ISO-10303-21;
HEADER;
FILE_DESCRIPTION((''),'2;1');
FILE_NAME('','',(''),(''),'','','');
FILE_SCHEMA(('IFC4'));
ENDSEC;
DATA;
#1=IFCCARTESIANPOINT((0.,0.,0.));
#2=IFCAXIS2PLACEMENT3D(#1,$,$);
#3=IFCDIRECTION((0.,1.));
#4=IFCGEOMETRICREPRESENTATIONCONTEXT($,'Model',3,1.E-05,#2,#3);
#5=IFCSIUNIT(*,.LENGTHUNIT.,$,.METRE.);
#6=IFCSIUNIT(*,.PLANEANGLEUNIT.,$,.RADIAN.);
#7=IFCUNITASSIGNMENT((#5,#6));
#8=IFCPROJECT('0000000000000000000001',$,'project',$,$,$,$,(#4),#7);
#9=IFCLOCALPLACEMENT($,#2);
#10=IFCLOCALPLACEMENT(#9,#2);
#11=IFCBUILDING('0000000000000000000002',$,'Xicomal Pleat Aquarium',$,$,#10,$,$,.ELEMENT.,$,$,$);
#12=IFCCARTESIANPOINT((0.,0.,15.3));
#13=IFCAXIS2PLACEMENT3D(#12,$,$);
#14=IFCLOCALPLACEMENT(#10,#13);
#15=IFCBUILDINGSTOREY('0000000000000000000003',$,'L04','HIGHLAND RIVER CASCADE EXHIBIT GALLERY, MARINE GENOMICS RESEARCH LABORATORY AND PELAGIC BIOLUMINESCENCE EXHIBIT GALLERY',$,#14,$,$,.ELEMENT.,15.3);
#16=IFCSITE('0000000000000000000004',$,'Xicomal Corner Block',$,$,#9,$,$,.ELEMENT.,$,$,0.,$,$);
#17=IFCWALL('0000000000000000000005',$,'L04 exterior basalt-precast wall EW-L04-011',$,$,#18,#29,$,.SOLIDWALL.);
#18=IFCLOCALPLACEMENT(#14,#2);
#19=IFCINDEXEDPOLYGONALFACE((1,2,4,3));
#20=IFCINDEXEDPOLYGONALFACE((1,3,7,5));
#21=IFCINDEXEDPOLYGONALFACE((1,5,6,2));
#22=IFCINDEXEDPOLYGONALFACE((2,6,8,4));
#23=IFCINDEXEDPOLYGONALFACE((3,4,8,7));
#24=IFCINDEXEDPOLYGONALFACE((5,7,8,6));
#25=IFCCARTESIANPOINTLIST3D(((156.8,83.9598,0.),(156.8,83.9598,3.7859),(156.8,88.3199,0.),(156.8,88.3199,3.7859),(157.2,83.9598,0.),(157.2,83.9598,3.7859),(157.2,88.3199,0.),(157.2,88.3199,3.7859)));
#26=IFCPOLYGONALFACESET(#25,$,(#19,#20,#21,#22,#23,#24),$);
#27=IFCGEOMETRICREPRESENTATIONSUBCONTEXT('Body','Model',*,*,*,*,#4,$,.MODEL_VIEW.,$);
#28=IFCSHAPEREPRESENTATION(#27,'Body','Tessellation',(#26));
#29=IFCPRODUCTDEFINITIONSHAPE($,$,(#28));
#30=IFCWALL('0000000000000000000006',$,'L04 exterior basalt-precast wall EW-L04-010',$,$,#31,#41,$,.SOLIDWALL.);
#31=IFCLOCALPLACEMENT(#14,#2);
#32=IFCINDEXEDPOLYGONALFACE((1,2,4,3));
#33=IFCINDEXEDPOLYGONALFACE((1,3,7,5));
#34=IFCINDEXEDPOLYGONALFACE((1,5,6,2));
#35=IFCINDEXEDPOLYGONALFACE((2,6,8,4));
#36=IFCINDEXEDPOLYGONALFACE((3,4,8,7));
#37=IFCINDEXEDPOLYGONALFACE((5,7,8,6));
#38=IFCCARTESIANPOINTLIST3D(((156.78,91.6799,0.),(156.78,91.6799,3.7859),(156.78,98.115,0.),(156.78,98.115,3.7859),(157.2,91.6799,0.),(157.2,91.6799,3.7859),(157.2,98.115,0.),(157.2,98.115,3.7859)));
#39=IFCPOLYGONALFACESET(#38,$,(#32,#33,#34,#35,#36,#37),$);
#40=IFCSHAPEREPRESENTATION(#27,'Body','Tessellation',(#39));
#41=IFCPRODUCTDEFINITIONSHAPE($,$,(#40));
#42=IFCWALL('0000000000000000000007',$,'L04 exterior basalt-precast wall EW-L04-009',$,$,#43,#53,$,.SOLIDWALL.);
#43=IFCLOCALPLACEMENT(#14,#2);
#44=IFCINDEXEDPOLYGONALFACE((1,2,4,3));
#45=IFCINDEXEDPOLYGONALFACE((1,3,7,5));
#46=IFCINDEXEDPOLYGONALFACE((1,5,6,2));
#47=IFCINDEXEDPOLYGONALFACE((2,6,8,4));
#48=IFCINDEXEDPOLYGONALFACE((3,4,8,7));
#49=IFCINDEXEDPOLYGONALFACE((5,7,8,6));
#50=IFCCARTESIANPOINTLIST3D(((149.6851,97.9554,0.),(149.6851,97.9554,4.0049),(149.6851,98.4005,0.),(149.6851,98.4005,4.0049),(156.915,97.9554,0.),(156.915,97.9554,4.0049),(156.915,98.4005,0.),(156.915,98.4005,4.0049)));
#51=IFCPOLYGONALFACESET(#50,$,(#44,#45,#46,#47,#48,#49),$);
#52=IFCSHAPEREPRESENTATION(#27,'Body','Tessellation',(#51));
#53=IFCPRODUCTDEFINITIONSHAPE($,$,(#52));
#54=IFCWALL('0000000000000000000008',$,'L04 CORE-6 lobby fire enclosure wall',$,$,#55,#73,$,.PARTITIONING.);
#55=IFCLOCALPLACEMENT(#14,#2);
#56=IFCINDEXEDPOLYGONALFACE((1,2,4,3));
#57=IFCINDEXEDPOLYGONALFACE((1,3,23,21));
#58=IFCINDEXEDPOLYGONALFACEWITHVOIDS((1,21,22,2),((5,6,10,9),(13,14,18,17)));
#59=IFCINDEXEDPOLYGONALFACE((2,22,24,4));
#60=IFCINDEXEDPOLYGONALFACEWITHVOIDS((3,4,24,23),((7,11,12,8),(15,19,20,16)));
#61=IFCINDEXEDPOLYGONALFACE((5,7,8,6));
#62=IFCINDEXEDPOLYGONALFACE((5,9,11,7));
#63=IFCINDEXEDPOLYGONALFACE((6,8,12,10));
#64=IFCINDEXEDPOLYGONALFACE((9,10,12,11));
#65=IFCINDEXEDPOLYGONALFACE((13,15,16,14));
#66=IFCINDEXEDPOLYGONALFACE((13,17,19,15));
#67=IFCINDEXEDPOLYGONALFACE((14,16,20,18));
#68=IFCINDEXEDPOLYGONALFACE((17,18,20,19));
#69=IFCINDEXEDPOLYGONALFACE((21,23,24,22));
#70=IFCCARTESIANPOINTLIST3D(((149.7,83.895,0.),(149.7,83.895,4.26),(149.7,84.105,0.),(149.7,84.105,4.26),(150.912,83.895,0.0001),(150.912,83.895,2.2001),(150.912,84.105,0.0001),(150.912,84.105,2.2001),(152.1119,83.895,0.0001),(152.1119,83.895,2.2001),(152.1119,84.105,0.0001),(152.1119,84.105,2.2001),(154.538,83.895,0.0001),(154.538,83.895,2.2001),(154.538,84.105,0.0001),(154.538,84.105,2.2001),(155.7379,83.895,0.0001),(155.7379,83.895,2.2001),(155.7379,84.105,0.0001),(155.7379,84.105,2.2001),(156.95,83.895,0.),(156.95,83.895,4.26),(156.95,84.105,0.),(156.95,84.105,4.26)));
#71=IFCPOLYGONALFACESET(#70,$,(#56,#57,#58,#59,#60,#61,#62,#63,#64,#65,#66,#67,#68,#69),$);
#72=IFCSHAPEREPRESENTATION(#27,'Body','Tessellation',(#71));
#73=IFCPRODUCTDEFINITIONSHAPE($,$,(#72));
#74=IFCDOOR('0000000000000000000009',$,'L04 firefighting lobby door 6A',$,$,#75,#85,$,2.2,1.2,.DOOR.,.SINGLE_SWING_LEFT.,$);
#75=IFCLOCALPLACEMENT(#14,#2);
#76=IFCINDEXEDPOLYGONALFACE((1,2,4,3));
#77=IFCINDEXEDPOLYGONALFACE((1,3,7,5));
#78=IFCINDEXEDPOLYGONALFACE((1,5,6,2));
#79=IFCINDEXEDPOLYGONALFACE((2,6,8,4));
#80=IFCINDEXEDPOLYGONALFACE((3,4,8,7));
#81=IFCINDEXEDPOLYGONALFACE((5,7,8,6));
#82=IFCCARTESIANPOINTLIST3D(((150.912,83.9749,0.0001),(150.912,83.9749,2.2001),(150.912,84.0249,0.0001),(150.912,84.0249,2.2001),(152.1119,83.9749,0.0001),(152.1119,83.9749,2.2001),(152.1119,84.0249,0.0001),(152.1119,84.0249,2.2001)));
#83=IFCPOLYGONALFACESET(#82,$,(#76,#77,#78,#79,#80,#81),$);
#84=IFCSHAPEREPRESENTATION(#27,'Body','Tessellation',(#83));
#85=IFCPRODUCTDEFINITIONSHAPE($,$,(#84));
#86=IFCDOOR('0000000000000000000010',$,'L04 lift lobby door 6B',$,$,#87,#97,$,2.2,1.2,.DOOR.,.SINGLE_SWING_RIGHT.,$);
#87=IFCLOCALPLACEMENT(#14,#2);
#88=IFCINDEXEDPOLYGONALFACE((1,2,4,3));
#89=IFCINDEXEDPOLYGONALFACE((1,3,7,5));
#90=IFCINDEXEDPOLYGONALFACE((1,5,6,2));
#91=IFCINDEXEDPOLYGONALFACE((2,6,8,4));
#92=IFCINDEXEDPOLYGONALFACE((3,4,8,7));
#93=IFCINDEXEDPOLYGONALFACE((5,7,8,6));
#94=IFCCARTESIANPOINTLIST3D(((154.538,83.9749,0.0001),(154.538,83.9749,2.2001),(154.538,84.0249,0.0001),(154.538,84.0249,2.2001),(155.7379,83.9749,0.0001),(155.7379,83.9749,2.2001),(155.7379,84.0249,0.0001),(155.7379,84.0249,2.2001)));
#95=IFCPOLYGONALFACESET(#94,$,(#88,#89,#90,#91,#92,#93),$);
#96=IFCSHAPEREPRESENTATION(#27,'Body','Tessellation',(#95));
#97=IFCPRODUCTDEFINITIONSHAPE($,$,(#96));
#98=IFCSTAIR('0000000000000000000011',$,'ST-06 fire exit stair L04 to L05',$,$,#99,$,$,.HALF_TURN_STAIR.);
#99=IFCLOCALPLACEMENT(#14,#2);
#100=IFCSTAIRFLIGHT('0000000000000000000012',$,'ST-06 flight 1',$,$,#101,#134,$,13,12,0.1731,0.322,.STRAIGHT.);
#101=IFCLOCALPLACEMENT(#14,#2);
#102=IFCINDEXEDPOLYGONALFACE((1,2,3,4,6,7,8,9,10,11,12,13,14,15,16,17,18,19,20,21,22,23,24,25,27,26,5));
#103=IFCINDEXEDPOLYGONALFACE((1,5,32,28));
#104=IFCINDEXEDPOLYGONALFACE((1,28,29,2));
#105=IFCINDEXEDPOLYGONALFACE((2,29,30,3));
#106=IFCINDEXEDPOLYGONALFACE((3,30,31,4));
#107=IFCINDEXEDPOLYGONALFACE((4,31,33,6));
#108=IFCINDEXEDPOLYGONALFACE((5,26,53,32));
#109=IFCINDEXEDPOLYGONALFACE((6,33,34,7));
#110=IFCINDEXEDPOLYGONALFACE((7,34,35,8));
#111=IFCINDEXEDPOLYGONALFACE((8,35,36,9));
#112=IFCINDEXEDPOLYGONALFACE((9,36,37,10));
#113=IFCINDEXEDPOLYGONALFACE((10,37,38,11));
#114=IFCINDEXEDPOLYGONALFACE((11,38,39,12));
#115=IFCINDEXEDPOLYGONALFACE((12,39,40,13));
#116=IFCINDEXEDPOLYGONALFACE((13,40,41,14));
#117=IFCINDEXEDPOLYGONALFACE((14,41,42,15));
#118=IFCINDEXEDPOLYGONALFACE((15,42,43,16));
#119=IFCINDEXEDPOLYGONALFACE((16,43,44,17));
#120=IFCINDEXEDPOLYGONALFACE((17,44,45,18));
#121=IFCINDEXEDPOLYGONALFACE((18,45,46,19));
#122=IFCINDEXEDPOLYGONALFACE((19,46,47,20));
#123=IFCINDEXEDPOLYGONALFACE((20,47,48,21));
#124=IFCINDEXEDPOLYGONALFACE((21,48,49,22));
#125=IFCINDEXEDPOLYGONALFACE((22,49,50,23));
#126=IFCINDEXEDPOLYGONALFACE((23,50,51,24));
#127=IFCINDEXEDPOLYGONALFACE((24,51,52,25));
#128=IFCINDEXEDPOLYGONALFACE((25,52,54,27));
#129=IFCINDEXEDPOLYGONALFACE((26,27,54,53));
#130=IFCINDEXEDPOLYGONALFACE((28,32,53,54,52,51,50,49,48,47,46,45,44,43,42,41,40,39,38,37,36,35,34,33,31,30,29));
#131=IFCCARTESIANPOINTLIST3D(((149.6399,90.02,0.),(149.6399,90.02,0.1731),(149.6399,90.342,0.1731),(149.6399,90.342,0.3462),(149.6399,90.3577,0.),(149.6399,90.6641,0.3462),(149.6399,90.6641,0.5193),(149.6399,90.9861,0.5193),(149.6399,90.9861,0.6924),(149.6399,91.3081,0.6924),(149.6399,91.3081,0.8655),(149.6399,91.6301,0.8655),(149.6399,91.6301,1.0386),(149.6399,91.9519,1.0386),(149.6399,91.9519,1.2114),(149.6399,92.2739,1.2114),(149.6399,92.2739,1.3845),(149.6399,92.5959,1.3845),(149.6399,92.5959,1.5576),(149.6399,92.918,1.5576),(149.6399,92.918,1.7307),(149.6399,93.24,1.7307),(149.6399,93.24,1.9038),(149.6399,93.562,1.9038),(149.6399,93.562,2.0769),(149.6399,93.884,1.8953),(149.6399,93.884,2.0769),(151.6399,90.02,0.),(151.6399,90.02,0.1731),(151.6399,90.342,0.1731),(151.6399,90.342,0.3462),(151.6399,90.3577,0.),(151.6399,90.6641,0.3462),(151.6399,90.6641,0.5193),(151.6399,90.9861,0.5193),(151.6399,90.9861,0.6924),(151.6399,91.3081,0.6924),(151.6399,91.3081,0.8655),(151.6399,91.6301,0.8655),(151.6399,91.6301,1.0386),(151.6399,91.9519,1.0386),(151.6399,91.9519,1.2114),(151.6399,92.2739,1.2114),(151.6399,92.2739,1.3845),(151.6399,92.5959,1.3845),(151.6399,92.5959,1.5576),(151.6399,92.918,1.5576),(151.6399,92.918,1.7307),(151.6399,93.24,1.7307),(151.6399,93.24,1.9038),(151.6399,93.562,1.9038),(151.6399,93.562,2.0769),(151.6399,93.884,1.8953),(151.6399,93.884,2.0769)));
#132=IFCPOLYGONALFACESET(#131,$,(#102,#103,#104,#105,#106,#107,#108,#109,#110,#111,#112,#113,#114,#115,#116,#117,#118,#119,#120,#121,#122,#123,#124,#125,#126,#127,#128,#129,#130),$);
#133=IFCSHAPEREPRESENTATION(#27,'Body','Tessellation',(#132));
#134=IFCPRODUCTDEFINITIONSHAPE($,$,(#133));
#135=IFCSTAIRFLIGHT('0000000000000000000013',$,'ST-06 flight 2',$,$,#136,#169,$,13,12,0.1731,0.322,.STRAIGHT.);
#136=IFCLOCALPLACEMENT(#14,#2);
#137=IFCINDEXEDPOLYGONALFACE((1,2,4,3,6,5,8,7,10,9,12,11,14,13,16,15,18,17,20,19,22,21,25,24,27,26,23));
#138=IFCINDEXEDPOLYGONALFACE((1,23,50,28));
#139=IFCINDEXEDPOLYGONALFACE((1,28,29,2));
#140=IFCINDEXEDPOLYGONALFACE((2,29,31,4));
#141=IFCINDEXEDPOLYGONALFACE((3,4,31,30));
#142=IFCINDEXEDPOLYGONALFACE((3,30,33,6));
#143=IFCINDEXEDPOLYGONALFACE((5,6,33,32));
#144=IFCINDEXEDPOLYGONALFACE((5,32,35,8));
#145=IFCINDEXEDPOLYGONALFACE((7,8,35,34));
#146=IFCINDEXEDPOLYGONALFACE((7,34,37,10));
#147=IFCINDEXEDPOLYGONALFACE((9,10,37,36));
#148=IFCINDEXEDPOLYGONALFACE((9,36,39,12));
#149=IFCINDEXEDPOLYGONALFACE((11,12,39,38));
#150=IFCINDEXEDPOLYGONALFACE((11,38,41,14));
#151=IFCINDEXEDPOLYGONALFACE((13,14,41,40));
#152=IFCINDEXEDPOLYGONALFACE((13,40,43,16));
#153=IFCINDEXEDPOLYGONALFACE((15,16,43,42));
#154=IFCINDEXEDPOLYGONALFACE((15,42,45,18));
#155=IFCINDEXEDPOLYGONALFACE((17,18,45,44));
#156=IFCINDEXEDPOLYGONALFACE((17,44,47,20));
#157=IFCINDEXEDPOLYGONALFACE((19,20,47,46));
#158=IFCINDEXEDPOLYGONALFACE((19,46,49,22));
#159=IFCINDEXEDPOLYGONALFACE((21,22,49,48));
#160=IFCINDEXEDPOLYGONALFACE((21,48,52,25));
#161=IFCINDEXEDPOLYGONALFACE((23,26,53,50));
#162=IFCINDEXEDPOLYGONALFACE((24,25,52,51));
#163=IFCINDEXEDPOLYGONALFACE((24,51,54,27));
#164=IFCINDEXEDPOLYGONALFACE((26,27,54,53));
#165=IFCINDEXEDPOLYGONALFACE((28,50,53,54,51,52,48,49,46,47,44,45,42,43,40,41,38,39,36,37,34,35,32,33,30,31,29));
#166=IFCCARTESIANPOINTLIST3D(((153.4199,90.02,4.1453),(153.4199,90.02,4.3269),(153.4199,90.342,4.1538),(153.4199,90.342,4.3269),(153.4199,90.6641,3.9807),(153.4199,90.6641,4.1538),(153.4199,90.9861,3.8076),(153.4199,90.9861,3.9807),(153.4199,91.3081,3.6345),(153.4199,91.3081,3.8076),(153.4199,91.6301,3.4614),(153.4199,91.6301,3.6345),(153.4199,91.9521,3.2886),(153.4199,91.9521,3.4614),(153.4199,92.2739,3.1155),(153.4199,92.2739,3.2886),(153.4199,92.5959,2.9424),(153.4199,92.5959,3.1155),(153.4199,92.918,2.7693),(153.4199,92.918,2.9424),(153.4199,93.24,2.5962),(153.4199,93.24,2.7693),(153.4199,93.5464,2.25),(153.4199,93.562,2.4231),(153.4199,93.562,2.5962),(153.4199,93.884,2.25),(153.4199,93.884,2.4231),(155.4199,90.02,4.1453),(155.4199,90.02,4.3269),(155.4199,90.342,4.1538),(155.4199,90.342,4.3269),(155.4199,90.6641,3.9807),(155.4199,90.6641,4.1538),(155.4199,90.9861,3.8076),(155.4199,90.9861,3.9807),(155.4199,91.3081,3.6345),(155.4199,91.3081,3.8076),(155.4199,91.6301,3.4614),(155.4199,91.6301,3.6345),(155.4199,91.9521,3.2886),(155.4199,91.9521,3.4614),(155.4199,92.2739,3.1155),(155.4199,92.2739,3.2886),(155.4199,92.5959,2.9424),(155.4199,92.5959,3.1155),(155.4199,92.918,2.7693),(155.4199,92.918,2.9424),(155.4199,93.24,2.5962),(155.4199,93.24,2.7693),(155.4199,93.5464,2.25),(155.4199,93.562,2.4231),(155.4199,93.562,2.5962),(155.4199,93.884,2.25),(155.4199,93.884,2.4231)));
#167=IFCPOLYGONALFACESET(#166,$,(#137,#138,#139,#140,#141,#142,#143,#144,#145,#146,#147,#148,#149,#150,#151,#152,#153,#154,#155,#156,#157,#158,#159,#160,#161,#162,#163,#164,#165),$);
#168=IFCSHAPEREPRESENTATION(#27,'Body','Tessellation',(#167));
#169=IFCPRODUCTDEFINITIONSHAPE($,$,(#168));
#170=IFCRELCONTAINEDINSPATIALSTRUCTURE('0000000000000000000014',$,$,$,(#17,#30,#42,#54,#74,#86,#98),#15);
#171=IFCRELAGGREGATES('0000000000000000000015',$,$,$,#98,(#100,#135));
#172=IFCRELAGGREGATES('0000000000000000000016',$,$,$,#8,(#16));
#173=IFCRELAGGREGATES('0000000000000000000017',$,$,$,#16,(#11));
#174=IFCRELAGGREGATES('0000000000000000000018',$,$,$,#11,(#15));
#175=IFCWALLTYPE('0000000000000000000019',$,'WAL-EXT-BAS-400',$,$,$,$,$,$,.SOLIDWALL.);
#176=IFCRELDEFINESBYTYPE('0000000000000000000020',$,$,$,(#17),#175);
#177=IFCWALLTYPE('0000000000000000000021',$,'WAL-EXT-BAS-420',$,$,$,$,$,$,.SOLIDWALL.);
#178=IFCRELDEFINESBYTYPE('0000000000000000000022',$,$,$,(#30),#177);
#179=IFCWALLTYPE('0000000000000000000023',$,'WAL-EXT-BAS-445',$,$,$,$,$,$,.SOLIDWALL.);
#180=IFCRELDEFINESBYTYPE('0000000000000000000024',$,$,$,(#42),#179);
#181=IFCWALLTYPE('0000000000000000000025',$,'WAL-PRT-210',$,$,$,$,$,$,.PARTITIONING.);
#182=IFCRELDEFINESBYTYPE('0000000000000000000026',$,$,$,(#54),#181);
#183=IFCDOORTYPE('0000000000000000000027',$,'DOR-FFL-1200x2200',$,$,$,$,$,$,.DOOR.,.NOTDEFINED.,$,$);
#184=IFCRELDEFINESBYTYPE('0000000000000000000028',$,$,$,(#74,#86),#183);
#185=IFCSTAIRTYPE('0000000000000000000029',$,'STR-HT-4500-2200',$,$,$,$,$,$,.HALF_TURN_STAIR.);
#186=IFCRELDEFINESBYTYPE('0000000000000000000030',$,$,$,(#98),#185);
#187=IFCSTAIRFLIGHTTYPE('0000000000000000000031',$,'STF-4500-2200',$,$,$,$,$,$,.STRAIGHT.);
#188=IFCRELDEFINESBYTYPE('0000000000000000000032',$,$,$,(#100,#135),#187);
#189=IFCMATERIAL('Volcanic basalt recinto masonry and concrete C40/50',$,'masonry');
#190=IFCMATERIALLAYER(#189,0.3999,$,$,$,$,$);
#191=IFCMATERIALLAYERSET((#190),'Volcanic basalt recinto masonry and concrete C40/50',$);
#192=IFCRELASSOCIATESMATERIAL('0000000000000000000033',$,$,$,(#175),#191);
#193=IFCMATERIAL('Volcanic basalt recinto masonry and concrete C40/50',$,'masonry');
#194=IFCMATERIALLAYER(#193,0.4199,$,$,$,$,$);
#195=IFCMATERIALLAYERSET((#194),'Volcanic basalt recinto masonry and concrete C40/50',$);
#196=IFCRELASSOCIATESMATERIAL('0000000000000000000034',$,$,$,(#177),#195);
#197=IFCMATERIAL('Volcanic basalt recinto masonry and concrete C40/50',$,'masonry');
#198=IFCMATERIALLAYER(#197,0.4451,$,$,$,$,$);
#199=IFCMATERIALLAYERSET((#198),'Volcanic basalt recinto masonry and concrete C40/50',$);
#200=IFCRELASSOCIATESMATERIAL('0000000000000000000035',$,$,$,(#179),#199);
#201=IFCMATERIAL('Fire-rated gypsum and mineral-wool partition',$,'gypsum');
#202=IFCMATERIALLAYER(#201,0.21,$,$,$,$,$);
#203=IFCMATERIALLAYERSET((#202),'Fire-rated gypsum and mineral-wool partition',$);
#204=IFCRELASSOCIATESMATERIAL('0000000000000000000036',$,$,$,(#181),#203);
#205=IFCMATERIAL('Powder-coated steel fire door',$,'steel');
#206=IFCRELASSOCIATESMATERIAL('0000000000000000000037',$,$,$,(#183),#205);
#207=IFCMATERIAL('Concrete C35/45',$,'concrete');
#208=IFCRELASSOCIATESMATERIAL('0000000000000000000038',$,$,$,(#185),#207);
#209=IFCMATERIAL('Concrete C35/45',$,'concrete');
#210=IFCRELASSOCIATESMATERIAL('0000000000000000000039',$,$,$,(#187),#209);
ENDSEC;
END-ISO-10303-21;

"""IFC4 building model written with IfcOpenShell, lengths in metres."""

from ifc_helpers import new_model, si_unit, direction, frame, frame_2d, origin, place, context, subcontext, project, spatial, polyline, rectangle, outline, extrude, material, layer, layer_set, type_object, element, fill, aggregate, save


model = new_model("IFC4")

# Units and contexts
model_context = context("Model", 3, precision=1e-05, world=origin(), true_north=direction((0.0, 1.0)))
body_context = subcontext(model_context, "Body", "Model", "MODEL_VIEW")
ifc_project = project(units=[si_unit("LENGTHUNIT", "METRE"), si_unit("PLANEANGLEUNIT", "RADIAN")], contexts=[model_context])

# Site, building, storey
site_placement = place(None, origin())
site = spatial("IfcSite", under=ifc_project, at=site_placement, Name="Xicomal Corner Block", CompositionType="ELEMENT", RefElevation=0.0)
building_placement = place(site_placement, origin())
building = spatial("IfcBuilding", under=site, at=building_placement, Name="Xicomal Pleat Aquarium", CompositionType="ELEMENT")
storey_placement = place(building_placement, frame((0.0, 0.0, 15.3)))
storey = spatial("IfcBuildingStorey", under=building, at=storey_placement, Name="L04", Description="HIGHLAND RIVER CASCADE EXHIBIT GALLERY, MARINE GENOMICS RESEARCH LABORATORY AND PELAGIC BIOLUMINESCENCE EXHIBIT GALLERY", CompositionType="ELEMENT", Elevation=15.3)

# Walls
ifc_material_1 = material(Name="Volcanic basalt recinto masonry and concrete C40/50", Category="masonry")
ifc_layer_1 = layer(ifc_material_1, 0.3999)
ifc_layer_set_1 = layer_set([ifc_layer_1], Name="Volcanic basalt recinto masonry and concrete C40/50")
wall_type_1 = type_object("IfcWallType", Name="WAL-EXT-BAS-400", PredefinedType="SOLIDWALL", material=ifc_layer_set_1)
wall_1_placement = place(storey_placement, frame((157.0, 88.3201, 0.0), z_axis=(0.0, 0.0, 1.0), x_axis=(0.0, -1.0, 0.0)))
element("IfcWall", 1, at=wall_1_placement, inside=storey, type_object=wall_type_1, Name="L04 exterior basalt-precast wall EW-L04-011", PredefinedType="SOLIDWALL", context=body_context, shape_type="SweptSolid", body=[
    extrude(rectangle(XDim=4.3601, YDim=0.3999, at=frame_2d((2.1802, 0.0))), origin(), (0.0, 0.0, 1.0), 3.7859),
])
ifc_material_2 = material(Name="Volcanic basalt recinto masonry and concrete C40/50", Category="masonry")
ifc_layer_2 = layer(ifc_material_2, 0.4199)
ifc_layer_set_2 = layer_set([ifc_layer_2], Name="Volcanic basalt recinto masonry and concrete C40/50")
wall_type_2 = type_object("IfcWallType", Name="WAL-EXT-BAS-420", PredefinedType="SOLIDWALL", material=ifc_layer_set_2)
wall_2_placement = place(storey_placement, frame((156.99, 98.115, 0.0), z_axis=(0.0, 0.0, 1.0), x_axis=(0.0, -1.0, 0.0)))
element("IfcWall", 2, at=wall_2_placement, inside=storey, type_object=wall_type_2, Name="L04 exterior basalt-precast wall EW-L04-010", PredefinedType="SOLIDWALL", context=body_context, shape_type="SweptSolid", body=[
    extrude(rectangle(XDim=6.4351, YDim=0.4199, at=frame_2d((3.2175, 0.0))), origin(), (0.0, 0.0, 1.0), 3.7859),
])
ifc_material_3 = material(Name="Volcanic basalt recinto masonry and concrete C40/50", Category="masonry")
ifc_layer_3 = layer(ifc_material_3, 0.4451)
ifc_layer_set_3 = layer_set([ifc_layer_3], Name="Volcanic basalt recinto masonry and concrete C40/50")
wall_type_3 = type_object("IfcWallType", Name="WAL-EXT-BAS-445", PredefinedType="SOLIDWALL", material=ifc_layer_set_3)
wall_3_placement = place(storey_placement, frame((149.6851, 98.178, 0.0), z_axis=(0.0, 0.0, 1.0), x_axis=(1.0, 0.0, 0.0)))
element("IfcWall", 3, at=wall_3_placement, inside=storey, type_object=wall_type_3, Name="L04 exterior basalt-precast wall EW-L04-009", PredefinedType="SOLIDWALL", context=body_context, shape_type="SweptSolid", body=[
    extrude(rectangle(XDim=7.23, YDim=0.4451, at=frame_2d((3.615, 0.0))), origin(), (0.0, 0.0, 1.0), 4.0049),
])

# Wall, openings, doors
ifc_material_4 = material(Name="Fire-rated gypsum and mineral-wool partition", Category="gypsum")
ifc_layer_4 = layer(ifc_material_4, 0.21)
ifc_layer_set_4 = layer_set([ifc_layer_4], Name="Fire-rated gypsum and mineral-wool partition")
wall_type_4 = type_object("IfcWallType", Name="WAL-PRT-210", PredefinedType="PARTITIONING", material=ifc_layer_set_4)
wall_4_placement = place(storey_placement, frame((149.7, 84.0, 0.0), z_axis=(0.0, 0.0, 1.0), x_axis=(1.0, 0.0, 0.0)))
wall_4 = element("IfcWall", 4, at=wall_4_placement, inside=storey, type_object=wall_type_4, Name="L04 CORE-6 lobby fire enclosure wall", PredefinedType="PARTITIONING", context=body_context, shape_type="SweptSolid", body=[
    extrude(rectangle(XDim=7.25, YDim=0.21, at=frame_2d((3.625, 0.0))), origin(), (0.0, 0.0, 1.0), 4.26),
])
opening_1_placement = place(wall_4_placement, frame((1.2119, 0.0, 0.0)))
opening_1 = element("IfcOpeningElement", 5, at=opening_1_placement, cuts=wall_4, PredefinedType="OPENING", context=body_context, shape_type="SweptSolid", body=[
    extrude(rectangle(XDim=1.2, YDim=2.2, at=frame_2d((0.6001, 1.1001))), frame((0.0, 0.115, 0.0), z_axis=(0.0, -1.0, 0.0), x_axis=(1.0, 0.0, 0.0)), (0.0, 0.0, 1.0), 0.23),
])
opening_2_placement = place(wall_4_placement, frame((4.8379, 0.0, 0.0)))
opening_2 = element("IfcOpeningElement", 6, at=opening_2_placement, cuts=wall_4, PredefinedType="OPENING", context=body_context, shape_type="SweptSolid", body=[
    extrude(rectangle(XDim=1.2, YDim=2.2, at=frame_2d((0.6001, 1.1001))), frame((0.0, 0.115, 0.0), z_axis=(0.0, -1.0, 0.0), x_axis=(1.0, 0.0, 0.0)), (0.0, 0.0, 1.0), 0.23),
])
ifc_material_5 = material(Name="Powder-coated steel fire door", Category="steel")
door_type_1 = type_object("IfcDoorType", Name="DOR-FFL-1200x2200", OperationType="NOTDEFINED", PredefinedType="DOOR", material=ifc_material_5)
door_1_placement = place(opening_1_placement, origin())
door_1 = element("IfcDoor", 7, at=door_1_placement, inside=storey, type_object=door_type_1, Name="L04 firefighting lobby door 6A", OperationType="SINGLE_SWING_LEFT", OverallHeight=2.2, OverallWidth=1.2, PredefinedType="DOOR", context=body_context, shape_type="SweptSolid", body=[
    extrude(rectangle(XDim=1.2, YDim=2.2, at=frame_2d((0.6001, 1.1001))), frame((0.0, 0.0249, 0.0), z_axis=(0.0, -1.0, 0.0), x_axis=(1.0, 0.0, 0.0)), (0.0, 0.0, 1.0), 0.05),
])
fill(opening_1, door_1)
door_2_placement = place(opening_2_placement, origin())
door_2 = element("IfcDoor", 8, at=door_2_placement, inside=storey, type_object=door_type_1, Name="L04 lift lobby door 6B", OperationType="SINGLE_SWING_RIGHT", OverallHeight=2.2, OverallWidth=1.2, PredefinedType="DOOR", context=body_context, shape_type="SweptSolid", body=[
    extrude(rectangle(XDim=1.2, YDim=2.2, at=frame_2d((0.6001, 1.1001))), frame((0.0, 0.0249, 0.0), z_axis=(0.0, -1.0, 0.0), x_axis=(1.0, 0.0, 0.0)), (0.0, 0.0, 1.0), 0.05),
])
fill(opening_2, door_2)

# Stair, stair flights
ifc_material_6 = material(Name="Concrete C35/45", Category="concrete")
stair_type = type_object("IfcStairType", Name="STR-HT-4500-2200", PredefinedType="HALF_TURN_STAIR", material=ifc_material_6)
stair_placement = place(storey_placement, origin())
stair = element("IfcStair", 9, at=stair_placement, inside=storey, type_object=stair_type, Name="ST-06 fire exit stair L04 to L05", PredefinedType="HALF_TURN_STAIR")
ifc_material_7 = material(Name="Concrete C35/45", Category="concrete")
stair_flight_type = type_object("IfcStairFlightType", Name="STF-4500-2200", PredefinedType="STRAIGHT", material=ifc_material_7)
stair_flight_1_placement = place(storey_placement, frame((150.6399, 90.02, 0.0), z_axis=(0.0, 0.0, 1.0), x_axis=(0.0, 1.0, 0.0)))
stair_flight_1 = element("IfcStairFlight", 10, at=stair_flight_1_placement, type_object=stair_flight_type, Name="ST-06 flight 1", NumberOfRisers=13, NumberOfTreads=12, PredefinedType="STRAIGHT", RiserHeight=0.1731, TreadLength=0.322, context=body_context, shape_type="SweptSolid", body=[
    extrude(outline(polyline([(0.0, 0.0), (0.0, 0.1731), (0.322, 0.1731), (0.322, 0.3462), (0.644, 0.3462), (0.644, 0.5193), (0.9661, 0.5193), (0.9661, 0.6924), (1.2881, 0.6924), (1.2881, 0.8655), (1.6101, 0.8655), (1.6101, 1.0386), (1.9319, 1.0386), (1.9319, 1.2114), (2.2539, 1.2114), (2.2539, 1.3845), (2.5759, 1.3845), (2.5759, 1.5576), (2.8979, 1.5576), (2.8979, 1.7307), (3.22, 1.7307), (3.22, 1.9038), (3.542, 1.9038), (3.542, 2.0769), (3.864, 2.0769), (3.864, 2.25), (3.864, 1.8953), (0.3376, 0.0), (0.0, 0.0)])), frame((0.0, 1.0, 0.0), z_axis=(0.0, -1.0, 0.0), x_axis=(1.0, 0.0, 0.0)), (0.0, 0.0, 1.0), 2.0),
])
stair_flight_2_placement = place(storey_placement, frame((154.4199, 93.884, 2.25), z_axis=(0.0, 0.0, 1.0), x_axis=(0.0, -1.0, 0.0)))
stair_flight_2 = element("IfcStairFlight", 11, at=stair_flight_2_placement, type_object=stair_flight_type, Name="ST-06 flight 2", NumberOfRisers=13, NumberOfTreads=12, PredefinedType="STRAIGHT", RiserHeight=0.1731, TreadLength=0.322, context=body_context, shape_type="SweptSolid", body=[
    extrude(outline(polyline([(0.0, 0.0), (0.0, 0.1731), (0.322, 0.1731), (0.322, 0.3462), (0.644, 0.3462), (0.644, 0.5193), (0.9661, 0.5193), (0.9661, 0.6924), (1.2881, 0.6924), (1.2881, 0.8655), (1.6101, 0.8655), (1.6101, 1.0386), (1.9319, 1.0386), (1.9319, 1.2114), (2.2539, 1.2114), (2.2539, 1.3845), (2.5759, 1.3845), (2.5759, 1.5576), (2.8979, 1.5576), (2.8979, 1.7307), (3.22, 1.7307), (3.22, 1.9038), (3.542, 1.9038), (3.542, 2.0769), (3.864, 2.0769), (3.864, 2.25), (3.864, 1.8953), (0.3376, 0.0), (0.0, 0.0)])), frame((0.0, 1.0, 0.0), z_axis=(0.0, -1.0, 0.0), x_axis=(1.0, 0.0, 0.0)), (0.0, 0.0, 1.0), 2.0),
])
aggregate(stair, [stair_flight_1, stair_flight_2])

save(model, "model.ifc")
